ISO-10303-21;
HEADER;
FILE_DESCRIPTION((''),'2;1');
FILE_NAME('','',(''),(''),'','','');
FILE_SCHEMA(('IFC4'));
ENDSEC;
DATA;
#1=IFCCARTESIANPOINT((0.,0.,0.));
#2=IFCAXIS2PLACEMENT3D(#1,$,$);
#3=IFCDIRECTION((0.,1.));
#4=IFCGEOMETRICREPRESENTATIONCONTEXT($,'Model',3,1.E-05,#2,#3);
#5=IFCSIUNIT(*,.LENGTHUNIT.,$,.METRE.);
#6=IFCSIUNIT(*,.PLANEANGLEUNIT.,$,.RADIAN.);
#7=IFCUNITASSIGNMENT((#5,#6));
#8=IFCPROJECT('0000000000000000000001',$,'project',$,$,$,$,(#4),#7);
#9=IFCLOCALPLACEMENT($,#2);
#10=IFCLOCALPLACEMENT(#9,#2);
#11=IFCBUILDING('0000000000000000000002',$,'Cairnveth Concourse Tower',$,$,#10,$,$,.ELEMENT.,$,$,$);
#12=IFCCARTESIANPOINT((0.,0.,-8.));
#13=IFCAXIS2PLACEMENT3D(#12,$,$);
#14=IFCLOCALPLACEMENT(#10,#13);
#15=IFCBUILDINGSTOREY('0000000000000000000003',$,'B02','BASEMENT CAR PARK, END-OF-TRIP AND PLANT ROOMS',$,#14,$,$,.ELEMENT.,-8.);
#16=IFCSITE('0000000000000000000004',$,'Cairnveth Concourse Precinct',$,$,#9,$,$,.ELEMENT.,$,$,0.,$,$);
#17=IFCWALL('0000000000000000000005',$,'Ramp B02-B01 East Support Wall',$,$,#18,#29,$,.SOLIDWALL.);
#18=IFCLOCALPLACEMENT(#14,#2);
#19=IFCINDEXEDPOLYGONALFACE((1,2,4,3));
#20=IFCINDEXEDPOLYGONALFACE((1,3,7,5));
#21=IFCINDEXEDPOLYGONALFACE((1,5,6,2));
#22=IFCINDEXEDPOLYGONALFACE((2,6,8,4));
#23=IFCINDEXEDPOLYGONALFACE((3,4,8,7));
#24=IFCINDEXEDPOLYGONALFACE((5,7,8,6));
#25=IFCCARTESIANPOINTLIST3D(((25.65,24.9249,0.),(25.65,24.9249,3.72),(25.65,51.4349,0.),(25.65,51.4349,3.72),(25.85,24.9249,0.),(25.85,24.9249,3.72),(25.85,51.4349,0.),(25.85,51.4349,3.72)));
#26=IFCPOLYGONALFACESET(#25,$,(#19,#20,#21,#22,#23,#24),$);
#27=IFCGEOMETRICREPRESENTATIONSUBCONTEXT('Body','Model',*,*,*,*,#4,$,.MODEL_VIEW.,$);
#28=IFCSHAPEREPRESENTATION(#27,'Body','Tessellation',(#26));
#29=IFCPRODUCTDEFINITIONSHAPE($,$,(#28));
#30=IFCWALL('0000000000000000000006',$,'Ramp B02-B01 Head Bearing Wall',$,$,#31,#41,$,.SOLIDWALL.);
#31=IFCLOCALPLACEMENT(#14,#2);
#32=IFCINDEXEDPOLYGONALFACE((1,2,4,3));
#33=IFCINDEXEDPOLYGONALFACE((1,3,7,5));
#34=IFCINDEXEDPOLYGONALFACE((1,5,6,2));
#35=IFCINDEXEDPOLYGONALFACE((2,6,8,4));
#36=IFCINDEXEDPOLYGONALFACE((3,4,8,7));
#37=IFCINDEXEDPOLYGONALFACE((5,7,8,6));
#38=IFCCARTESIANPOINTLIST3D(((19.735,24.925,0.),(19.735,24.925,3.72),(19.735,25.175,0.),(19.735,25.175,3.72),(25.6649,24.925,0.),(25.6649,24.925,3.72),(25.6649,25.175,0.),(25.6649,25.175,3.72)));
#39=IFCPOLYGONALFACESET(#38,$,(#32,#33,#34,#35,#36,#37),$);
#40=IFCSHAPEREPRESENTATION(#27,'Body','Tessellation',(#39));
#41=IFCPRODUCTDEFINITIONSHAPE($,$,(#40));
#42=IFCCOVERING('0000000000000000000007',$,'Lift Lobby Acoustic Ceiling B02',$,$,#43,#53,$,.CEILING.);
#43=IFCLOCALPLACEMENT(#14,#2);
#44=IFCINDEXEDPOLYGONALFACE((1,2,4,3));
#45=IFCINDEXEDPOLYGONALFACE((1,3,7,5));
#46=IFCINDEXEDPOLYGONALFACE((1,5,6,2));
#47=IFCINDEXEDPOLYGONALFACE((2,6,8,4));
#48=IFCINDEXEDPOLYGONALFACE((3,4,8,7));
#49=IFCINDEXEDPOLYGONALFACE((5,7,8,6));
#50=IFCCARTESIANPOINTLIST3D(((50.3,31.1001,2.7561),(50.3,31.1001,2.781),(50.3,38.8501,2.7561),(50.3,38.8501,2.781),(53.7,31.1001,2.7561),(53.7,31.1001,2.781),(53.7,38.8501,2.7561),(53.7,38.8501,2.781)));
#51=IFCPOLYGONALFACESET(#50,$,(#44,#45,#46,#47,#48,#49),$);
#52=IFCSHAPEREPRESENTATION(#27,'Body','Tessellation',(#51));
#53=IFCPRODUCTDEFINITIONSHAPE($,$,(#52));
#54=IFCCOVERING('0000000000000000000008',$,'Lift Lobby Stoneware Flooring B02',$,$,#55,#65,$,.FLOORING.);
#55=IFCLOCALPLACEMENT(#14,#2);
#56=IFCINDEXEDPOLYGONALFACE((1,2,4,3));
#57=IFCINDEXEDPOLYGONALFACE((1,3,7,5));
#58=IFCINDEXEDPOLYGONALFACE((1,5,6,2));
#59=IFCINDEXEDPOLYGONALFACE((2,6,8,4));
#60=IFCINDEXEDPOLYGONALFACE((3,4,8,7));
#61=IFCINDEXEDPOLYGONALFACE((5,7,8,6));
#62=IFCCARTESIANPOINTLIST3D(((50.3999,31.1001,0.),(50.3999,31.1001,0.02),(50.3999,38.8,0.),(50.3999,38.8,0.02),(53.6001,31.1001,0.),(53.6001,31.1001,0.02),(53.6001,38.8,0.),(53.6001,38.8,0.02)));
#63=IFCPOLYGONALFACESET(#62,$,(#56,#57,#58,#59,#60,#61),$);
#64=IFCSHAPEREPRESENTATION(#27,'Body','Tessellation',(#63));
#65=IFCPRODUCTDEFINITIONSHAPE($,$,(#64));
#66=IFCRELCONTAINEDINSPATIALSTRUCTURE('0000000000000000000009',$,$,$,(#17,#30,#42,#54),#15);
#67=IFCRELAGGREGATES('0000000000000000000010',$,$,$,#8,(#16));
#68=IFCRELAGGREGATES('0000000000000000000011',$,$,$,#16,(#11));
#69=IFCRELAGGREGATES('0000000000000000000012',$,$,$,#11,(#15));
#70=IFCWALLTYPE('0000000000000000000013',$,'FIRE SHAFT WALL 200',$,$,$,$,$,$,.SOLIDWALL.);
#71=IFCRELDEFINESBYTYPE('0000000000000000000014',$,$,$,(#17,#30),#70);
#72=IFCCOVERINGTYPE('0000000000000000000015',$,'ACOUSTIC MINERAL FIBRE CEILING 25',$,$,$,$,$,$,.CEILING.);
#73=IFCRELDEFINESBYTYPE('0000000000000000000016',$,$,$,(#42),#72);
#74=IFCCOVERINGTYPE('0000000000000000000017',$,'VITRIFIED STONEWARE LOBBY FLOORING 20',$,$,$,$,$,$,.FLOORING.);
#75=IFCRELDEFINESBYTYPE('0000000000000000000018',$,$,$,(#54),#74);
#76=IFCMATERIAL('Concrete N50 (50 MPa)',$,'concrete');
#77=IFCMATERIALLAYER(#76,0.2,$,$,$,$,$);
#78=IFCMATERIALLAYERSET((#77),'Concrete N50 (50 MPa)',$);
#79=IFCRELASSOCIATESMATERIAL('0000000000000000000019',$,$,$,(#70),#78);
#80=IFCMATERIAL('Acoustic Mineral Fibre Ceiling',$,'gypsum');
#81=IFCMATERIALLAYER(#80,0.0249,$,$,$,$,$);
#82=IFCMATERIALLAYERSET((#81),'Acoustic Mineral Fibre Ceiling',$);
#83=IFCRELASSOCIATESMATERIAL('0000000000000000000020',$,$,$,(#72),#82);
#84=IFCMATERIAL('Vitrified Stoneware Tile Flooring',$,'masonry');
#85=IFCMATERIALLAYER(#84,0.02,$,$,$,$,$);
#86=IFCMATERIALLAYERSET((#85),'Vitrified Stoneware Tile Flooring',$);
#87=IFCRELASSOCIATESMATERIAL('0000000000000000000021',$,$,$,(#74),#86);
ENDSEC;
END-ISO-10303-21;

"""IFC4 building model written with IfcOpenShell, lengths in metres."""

from ifc_helpers import new_model, si_unit, direction, frame, frame_2d, origin, place, context, subcontext, project, spatial, polyline, rectangle, outline, extrude, material, layer, layer_set, type_object, element, save


model = new_model("IFC4")

# Units and contexts
model_context = context("Model", 3, precision=1e-05, world=origin(), true_north=direction((0.0, 1.0)))
body_context = subcontext(model_context, "Body", "Model", "MODEL_VIEW")
ifc_project = project(units=[si_unit("LENGTHUNIT", "METRE"), si_unit("PLANEANGLEUNIT", "RADIAN")], contexts=[model_context])

# Site, building, storey
site_placement = place(None, origin())
site = spatial("IfcSite", under=ifc_project, at=site_placement, Name="Cairnveth Concourse Precinct", CompositionType="ELEMENT", RefElevation=0.0)
building_placement = place(site_placement, origin())
building = spatial("IfcBuilding", under=site, at=building_placement, Name="Cairnveth Concourse Tower", CompositionType="ELEMENT")
storey_placement = place(building_placement, frame((0.0, 0.0, -8.0)))
storey = spatial("IfcBuildingStorey", under=building, at=storey_placement, Name="B02", Description="BASEMENT CAR PARK, END-OF-TRIP AND PLANT ROOMS", CompositionType="ELEMENT", Elevation=-8.0)

# Shared definitions
ifc_material_1 = material(Name="Concrete N50 (50 MPa)", Category="concrete")

# Shared definitions
ifc_layer_1 = layer(ifc_material_1, 0.2)
ifc_layer_set_1 = layer_set([ifc_layer_1], Name="Concrete N50 (50 MPa)")
wall_type_1 = type_object("IfcWallType", Name="FIRE SHAFT WALL 200", PredefinedType="SOLIDWALL", material=ifc_layer_set_1)

# Walls
for number, where, z_axis, x_axis, name in (
    (1, (25.75, 24.925, 0.0), (0.0, 0.0, 1.0), (0.0, 1.0, 0.0), "Ramp B02-B01 East Support Wall"),
):
    element("IfcWall", number, at=place(storey_placement, frame(where, z_axis=z_axis, x_axis=x_axis)), inside=storey, type_object=wall_type_1, Name=name, PredefinedType="SOLIDWALL", context=body_context, shape_type="SweptSolid", body=[
        extrude(rectangle(XDim=26.51, YDim=0.2, at=frame_2d((13.2549, 0.0))), origin(), (0.0, 0.0, 1.0), 3.72),
    ])
wall_1_placement = place(storey_placement, frame((19.7351, 25.05, 0.0), z_axis=(0.0, 0.0, 1.0), x_axis=(1.0, 0.0, 0.0)))
element("IfcWall", 2, at=wall_1_placement, inside=storey, type_object=wall_type_1, Name="Ramp B02-B01 Head Bearing Wall", PredefinedType="SOLIDWALL", context=body_context, shape_type="SweptSolid", body=[
    extrude(rectangle(XDim=5.9299, YDim=0.25, at=frame_2d((2.9648, 0.0))), origin(), (0.0, 0.0, 1.0), 3.72),
])

# Coverings
ifc_material_2 = material(Name="Acoustic Mineral Fibre Ceiling", Category="gypsum")
ifc_layer_2 = layer(ifc_material_2, 0.0249)
ifc_layer_set_2 = layer_set([ifc_layer_2], Name="Acoustic Mineral Fibre Ceiling")
covering_type_1 = type_object("IfcCoveringType", Name="ACOUSTIC MINERAL FIBRE CEILING 25", PredefinedType="CEILING", material=ifc_layer_set_2)
covering_1_placement = place(storey_placement, frame((0.0, 0.0, 2.7561)))
element("IfcCovering", 3, at=covering_1_placement, inside=storey, type_object=covering_type_1, Name="Lift Lobby Acoustic Ceiling B02", PredefinedType="CEILING", context=body_context, shape_type="SweptSolid", body=[
    extrude(outline(polyline([(50.3, 31.1001), (53.7, 31.1001), (53.7, 38.8501), (50.3, 38.8501), (50.3, 31.1001)])), origin(), (0.0, 0.0, 1.0), 0.0249),
])
ifc_material_3 = material(Name="Vitrified Stoneware Tile Flooring", Category="masonry")
ifc_layer_3 = layer(ifc_material_3, 0.02)
ifc_layer_set_3 = layer_set([ifc_layer_3], Name="Vitrified Stoneware Tile Flooring")
covering_type_2 = type_object("IfcCoveringType", Name="VITRIFIED STONEWARE LOBBY FLOORING 20", PredefinedType="FLOORING", material=ifc_layer_set_3)
covering_2_placement = place(storey_placement, origin())
element("IfcCovering", 4, at=covering_2_placement, inside=storey, type_object=covering_type_2, Name="Lift Lobby Stoneware Flooring B02", PredefinedType="FLOORING", context=body_context, shape_type="SweptSolid", body=[
    extrude(outline(polyline([(50.3999, 31.1001), (53.6001, 31.1001), (53.6001, 38.8), (50.3999, 38.8), (50.3999, 31.1001)])), origin(), (0.0, 0.0, 1.0), 0.02),
])

save(model, "model.ifc")
